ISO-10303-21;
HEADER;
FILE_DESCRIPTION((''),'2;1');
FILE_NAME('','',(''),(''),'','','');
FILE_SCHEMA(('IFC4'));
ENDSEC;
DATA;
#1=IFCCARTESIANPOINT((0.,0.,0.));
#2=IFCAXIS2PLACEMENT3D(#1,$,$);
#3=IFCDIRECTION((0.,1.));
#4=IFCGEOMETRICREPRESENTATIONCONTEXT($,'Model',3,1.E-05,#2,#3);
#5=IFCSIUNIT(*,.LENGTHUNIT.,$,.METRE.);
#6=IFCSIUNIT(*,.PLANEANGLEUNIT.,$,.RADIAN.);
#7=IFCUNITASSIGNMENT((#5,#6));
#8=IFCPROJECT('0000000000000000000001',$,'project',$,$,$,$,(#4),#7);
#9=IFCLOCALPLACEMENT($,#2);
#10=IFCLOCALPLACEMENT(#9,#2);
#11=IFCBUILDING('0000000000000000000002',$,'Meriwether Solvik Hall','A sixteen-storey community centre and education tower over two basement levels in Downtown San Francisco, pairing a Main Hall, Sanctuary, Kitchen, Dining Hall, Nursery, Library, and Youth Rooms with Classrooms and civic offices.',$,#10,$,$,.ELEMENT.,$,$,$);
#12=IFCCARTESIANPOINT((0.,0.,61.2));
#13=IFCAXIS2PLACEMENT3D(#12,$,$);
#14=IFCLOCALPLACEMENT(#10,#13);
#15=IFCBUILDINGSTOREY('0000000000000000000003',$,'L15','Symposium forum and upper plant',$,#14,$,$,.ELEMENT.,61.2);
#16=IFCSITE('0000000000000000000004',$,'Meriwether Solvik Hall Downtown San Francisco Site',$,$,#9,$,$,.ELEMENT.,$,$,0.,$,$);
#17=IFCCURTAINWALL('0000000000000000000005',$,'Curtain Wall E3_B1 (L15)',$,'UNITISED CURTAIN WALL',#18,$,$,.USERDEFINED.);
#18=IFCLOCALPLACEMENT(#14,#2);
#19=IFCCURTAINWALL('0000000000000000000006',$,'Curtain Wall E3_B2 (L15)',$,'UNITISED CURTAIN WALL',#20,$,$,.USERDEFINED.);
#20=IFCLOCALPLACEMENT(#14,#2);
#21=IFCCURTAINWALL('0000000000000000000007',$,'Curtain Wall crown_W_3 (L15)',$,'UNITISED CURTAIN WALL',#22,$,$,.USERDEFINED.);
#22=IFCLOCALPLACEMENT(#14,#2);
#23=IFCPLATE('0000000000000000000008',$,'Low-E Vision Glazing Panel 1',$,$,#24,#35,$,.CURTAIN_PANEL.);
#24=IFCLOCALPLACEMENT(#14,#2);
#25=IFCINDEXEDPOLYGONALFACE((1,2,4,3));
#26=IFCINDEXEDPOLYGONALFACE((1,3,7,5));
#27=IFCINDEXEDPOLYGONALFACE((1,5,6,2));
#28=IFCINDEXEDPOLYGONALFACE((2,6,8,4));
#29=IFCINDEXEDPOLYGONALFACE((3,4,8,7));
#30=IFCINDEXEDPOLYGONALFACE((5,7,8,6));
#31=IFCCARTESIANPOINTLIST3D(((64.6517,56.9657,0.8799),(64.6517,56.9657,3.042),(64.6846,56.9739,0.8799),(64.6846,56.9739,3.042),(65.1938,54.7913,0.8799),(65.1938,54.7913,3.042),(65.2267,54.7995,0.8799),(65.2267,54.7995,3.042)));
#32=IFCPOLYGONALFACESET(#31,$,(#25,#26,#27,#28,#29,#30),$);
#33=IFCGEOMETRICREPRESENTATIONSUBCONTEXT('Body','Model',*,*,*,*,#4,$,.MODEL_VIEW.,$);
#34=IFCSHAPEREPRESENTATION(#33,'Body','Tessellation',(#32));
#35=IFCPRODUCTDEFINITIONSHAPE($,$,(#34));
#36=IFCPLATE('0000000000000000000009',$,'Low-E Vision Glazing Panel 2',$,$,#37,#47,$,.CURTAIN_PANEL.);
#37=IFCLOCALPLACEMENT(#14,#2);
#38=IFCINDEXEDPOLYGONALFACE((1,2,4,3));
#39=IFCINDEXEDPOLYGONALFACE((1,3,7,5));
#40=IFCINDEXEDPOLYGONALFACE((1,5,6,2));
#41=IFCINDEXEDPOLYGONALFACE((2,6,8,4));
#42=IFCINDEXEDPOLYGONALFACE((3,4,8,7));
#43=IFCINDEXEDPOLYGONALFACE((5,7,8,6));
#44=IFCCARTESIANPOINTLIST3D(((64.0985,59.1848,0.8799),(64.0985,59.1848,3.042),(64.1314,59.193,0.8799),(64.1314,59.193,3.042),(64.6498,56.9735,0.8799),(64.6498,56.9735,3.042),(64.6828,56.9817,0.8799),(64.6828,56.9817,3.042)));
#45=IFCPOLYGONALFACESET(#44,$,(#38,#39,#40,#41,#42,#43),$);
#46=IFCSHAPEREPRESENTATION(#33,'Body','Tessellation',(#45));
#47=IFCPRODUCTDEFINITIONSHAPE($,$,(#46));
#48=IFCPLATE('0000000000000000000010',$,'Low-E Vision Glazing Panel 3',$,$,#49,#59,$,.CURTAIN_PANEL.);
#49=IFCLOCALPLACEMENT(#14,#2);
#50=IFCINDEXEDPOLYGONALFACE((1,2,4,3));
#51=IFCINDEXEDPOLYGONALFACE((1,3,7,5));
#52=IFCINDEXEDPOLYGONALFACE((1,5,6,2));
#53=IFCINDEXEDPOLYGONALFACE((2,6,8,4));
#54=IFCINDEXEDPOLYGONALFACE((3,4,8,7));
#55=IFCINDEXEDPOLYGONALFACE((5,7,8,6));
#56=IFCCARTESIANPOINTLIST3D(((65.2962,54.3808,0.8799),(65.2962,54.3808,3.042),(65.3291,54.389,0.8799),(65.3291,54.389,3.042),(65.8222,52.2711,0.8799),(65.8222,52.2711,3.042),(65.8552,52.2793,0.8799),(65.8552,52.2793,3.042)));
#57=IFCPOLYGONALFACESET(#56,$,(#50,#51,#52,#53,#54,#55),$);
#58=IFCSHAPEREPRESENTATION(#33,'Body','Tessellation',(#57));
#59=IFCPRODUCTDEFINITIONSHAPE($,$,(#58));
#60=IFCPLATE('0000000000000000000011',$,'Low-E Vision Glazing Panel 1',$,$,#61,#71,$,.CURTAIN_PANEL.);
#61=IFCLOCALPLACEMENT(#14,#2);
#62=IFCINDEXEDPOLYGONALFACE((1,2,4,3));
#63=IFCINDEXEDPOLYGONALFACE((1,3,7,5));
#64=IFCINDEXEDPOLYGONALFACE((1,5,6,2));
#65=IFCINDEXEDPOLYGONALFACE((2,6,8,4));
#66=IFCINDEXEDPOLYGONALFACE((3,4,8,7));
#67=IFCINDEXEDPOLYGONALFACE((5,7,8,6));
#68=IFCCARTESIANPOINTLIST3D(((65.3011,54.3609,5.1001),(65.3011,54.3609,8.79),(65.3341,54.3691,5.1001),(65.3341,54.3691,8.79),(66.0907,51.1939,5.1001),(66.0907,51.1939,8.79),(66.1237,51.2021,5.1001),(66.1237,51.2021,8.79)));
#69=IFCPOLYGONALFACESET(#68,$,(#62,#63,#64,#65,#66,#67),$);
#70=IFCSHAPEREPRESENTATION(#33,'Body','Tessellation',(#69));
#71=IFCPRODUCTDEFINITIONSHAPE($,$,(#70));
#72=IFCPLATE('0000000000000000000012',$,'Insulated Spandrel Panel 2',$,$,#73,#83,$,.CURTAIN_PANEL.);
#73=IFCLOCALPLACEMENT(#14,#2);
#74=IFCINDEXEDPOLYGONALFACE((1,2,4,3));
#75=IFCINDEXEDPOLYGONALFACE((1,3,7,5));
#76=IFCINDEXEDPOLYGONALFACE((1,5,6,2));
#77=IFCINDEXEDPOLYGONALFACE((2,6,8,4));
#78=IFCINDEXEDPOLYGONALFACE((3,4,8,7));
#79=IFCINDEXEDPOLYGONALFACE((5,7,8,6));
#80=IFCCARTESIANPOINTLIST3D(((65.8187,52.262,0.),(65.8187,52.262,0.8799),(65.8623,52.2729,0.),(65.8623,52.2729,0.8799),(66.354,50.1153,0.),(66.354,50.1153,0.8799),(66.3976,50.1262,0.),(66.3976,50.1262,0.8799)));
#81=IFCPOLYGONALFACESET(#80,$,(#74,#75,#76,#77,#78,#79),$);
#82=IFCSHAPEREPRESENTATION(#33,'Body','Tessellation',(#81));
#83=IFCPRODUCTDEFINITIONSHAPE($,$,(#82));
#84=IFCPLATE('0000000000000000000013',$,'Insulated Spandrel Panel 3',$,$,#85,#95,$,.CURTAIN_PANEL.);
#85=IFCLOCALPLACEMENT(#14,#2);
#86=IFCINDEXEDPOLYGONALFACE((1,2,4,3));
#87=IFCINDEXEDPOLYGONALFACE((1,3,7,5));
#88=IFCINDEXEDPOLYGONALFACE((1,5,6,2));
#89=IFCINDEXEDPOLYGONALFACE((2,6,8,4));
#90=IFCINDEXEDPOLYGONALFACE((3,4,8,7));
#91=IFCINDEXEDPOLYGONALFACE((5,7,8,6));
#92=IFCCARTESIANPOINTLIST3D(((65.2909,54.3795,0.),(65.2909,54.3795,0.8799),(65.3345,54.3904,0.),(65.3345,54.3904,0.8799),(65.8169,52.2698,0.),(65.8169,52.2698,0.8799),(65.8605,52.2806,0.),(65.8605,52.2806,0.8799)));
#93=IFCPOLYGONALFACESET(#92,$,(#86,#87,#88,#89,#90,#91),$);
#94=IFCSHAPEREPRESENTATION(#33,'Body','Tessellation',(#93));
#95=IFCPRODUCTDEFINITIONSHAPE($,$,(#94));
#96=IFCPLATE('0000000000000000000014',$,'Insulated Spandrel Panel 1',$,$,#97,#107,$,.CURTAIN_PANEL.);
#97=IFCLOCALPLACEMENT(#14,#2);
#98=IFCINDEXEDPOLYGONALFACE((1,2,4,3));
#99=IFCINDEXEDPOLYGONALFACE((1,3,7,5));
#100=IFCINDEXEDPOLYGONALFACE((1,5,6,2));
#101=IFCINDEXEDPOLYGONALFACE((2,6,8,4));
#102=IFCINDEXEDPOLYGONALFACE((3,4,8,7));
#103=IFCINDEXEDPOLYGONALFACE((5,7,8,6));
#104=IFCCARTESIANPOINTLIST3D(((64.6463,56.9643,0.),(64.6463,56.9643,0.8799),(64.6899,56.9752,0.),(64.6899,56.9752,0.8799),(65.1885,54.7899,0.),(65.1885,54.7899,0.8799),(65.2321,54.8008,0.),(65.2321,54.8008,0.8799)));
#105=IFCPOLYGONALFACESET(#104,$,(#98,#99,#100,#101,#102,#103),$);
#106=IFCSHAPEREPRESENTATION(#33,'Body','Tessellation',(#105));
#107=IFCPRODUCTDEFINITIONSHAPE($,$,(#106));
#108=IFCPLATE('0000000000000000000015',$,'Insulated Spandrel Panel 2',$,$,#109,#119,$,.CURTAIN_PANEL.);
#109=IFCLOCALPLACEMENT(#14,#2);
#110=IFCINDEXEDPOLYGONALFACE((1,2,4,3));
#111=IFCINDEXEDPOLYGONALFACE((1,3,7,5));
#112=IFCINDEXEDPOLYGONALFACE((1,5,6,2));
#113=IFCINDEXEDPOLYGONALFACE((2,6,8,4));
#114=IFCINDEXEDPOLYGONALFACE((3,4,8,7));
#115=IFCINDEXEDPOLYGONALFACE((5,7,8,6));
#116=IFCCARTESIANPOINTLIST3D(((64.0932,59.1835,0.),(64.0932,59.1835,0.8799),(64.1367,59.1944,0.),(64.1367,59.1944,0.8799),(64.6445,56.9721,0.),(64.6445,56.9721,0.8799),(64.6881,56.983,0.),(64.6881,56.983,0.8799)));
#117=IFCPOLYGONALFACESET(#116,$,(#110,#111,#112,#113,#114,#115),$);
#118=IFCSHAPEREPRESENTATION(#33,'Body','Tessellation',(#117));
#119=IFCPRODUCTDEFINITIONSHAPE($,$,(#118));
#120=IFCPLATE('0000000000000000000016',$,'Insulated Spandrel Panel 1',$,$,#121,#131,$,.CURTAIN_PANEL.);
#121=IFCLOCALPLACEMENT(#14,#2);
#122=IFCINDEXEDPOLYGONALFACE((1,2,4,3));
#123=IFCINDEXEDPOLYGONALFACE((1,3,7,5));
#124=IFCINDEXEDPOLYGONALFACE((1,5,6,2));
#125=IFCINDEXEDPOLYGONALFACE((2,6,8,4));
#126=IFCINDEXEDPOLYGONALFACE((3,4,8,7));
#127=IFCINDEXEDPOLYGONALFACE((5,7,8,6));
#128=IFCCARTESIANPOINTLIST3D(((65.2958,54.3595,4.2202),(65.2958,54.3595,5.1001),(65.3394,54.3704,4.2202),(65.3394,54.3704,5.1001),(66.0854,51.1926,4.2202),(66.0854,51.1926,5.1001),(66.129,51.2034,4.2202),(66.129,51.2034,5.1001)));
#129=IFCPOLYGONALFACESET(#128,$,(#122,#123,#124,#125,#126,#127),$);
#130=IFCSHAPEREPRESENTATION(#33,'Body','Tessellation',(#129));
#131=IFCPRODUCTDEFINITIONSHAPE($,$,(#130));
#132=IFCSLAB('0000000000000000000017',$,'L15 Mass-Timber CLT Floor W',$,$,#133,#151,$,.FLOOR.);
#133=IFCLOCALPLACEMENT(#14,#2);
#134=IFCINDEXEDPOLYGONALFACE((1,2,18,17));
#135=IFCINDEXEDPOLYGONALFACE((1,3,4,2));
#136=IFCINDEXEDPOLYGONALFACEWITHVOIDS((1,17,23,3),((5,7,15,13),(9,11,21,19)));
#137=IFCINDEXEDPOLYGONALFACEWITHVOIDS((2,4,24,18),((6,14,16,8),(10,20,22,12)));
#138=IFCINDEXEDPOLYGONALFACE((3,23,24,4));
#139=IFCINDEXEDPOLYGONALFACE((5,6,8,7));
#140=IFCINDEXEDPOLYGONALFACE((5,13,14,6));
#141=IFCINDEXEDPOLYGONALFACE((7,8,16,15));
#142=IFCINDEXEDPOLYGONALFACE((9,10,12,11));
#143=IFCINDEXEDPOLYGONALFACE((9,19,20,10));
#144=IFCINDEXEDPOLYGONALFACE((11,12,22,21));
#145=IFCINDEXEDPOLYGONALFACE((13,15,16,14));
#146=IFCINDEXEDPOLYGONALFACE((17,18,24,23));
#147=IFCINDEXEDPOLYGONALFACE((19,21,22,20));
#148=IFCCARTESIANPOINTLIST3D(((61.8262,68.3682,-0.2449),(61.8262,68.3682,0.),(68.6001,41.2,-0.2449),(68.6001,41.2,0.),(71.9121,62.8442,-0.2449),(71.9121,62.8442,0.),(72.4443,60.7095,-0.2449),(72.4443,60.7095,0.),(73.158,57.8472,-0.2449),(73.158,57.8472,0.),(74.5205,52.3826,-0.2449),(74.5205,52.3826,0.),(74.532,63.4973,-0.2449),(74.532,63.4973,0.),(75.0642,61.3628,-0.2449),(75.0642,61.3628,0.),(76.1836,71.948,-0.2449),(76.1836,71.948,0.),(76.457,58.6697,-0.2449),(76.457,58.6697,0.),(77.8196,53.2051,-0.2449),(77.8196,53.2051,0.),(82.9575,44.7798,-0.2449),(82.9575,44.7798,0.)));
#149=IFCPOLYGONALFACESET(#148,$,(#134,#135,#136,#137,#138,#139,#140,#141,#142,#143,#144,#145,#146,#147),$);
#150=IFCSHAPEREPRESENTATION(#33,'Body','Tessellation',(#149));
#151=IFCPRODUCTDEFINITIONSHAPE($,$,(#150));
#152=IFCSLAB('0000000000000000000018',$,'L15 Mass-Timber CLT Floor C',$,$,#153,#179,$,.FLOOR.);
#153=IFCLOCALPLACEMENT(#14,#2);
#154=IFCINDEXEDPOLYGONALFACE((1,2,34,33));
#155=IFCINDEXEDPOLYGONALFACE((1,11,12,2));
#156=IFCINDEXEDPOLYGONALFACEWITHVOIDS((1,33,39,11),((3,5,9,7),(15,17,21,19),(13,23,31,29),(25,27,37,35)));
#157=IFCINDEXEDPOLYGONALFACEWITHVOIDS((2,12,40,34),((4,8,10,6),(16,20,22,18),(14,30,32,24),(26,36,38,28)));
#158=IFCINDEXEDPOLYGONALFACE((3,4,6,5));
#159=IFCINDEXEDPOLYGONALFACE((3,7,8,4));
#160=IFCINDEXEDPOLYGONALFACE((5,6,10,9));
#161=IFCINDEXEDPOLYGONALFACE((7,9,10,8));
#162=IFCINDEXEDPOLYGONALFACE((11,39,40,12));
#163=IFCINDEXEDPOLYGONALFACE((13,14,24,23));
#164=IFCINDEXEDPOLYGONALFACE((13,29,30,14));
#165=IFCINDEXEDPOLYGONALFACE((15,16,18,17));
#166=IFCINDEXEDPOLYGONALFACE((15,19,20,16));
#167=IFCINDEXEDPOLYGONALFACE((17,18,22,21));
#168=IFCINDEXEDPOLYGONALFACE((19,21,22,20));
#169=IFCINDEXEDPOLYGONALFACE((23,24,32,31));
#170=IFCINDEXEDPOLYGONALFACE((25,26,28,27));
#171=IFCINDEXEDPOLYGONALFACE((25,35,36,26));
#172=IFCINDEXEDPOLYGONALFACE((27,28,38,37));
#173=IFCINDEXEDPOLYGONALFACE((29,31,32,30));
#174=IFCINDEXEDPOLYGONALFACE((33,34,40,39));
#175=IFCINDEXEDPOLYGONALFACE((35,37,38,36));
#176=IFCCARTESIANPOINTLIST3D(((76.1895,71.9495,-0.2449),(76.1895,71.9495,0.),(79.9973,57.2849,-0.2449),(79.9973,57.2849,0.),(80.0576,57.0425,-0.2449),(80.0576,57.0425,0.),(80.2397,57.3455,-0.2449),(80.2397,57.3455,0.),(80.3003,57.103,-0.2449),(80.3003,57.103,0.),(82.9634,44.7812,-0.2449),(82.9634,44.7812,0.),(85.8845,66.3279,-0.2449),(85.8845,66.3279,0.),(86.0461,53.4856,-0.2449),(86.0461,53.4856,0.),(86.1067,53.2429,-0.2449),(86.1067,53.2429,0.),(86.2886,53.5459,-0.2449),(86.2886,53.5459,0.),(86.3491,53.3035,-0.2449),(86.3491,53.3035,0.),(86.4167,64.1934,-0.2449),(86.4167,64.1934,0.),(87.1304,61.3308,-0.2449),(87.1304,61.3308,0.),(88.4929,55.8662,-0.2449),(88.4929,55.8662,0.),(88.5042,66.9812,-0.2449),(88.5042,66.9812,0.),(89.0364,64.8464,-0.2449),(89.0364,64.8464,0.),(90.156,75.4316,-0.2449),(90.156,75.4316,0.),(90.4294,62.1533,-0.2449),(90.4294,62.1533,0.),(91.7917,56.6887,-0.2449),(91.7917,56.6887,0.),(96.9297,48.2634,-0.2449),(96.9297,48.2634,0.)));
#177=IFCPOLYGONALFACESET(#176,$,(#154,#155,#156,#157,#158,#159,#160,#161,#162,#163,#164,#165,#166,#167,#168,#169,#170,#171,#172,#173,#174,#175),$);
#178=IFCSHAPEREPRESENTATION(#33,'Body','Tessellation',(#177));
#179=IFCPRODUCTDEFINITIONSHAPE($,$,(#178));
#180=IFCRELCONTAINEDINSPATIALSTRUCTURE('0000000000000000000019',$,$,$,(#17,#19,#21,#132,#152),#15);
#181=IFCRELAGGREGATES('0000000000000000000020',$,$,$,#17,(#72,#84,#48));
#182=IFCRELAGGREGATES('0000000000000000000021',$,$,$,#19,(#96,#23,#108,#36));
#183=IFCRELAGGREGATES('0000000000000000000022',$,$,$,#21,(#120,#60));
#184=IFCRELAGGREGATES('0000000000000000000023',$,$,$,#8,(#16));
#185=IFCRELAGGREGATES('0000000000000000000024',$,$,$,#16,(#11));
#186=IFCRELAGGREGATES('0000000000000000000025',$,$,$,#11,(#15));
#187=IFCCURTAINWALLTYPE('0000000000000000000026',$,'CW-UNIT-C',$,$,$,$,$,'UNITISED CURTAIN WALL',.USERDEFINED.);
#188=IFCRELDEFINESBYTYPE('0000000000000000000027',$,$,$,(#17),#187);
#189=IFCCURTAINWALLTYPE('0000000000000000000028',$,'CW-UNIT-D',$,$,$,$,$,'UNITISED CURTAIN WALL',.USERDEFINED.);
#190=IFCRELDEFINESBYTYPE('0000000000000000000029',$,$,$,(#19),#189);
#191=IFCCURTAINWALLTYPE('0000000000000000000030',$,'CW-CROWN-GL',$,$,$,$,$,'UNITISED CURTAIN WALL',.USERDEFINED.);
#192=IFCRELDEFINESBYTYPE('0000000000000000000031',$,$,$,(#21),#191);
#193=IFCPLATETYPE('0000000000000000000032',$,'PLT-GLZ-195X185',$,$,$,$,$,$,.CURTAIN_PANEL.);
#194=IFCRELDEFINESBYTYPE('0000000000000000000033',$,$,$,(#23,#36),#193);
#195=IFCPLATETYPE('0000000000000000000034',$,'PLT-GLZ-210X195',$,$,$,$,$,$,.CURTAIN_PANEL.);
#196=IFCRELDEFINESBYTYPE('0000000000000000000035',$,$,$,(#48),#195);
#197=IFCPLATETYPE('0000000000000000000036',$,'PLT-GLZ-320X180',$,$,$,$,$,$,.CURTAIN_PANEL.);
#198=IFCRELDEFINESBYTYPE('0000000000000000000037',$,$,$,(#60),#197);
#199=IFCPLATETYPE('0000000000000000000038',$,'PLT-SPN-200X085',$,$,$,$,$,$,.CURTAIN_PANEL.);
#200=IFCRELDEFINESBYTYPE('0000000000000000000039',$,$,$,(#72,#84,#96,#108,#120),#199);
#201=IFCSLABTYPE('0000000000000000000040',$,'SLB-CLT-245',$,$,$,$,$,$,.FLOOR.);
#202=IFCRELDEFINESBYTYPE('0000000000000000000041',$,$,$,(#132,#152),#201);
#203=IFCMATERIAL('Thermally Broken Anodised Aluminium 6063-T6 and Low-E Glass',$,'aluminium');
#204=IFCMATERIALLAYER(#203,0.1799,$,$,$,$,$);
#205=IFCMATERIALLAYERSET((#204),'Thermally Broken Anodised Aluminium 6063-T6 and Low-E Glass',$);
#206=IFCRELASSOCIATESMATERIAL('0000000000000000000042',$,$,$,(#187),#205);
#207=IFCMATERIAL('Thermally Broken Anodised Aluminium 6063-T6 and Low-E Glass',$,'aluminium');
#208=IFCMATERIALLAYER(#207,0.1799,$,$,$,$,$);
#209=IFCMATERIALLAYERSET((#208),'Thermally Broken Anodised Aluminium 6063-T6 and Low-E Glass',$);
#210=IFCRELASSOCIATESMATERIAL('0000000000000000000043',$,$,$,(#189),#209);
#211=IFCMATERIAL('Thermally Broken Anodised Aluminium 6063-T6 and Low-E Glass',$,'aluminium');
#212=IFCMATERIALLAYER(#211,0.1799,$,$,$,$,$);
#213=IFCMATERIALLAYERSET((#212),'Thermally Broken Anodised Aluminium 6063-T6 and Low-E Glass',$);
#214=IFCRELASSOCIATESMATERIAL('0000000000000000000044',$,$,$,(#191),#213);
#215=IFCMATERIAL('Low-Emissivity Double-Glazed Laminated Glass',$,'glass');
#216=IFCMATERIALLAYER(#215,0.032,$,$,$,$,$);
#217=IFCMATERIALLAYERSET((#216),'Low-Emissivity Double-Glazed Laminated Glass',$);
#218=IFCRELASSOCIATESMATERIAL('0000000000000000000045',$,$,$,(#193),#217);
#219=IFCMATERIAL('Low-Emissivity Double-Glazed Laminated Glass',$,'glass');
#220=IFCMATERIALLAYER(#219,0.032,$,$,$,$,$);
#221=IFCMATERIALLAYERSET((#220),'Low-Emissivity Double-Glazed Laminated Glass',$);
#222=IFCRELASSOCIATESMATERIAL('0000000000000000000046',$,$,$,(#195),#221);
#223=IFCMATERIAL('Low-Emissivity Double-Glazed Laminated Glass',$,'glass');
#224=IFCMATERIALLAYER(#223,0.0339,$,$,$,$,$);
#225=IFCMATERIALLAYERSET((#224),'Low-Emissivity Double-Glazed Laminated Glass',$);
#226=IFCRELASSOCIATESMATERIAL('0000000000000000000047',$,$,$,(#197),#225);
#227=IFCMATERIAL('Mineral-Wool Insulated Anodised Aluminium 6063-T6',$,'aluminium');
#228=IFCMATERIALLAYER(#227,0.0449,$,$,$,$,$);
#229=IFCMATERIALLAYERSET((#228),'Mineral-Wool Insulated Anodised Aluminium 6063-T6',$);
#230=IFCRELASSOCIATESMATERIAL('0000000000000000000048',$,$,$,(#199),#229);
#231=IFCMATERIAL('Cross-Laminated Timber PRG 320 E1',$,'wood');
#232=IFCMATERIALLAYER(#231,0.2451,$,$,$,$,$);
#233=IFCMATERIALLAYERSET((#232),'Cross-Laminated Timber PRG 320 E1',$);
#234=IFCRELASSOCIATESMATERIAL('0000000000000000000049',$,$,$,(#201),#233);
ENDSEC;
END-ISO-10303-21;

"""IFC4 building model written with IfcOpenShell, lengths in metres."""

from ifc_helpers import new_model, si_unit, direction, frame, origin, origin_2d, place, context, subcontext, project, spatial, polyline, rectangle, outline, extrude, material, layer, layer_set, type_object, element, aggregate, save


model = new_model("IFC4")

# Units and contexts
model_context = context("Model", 3, precision=1e-05, world=origin(), true_north=direction((0.0, 1.0)))
body_context = subcontext(model_context, "Body", "Model", "MODEL_VIEW")
ifc_project = project(units=[si_unit("LENGTHUNIT", "METRE"), si_unit("PLANEANGLEUNIT", "RADIAN")], contexts=[model_context])

# Site, building, storey
site_placement = place(None, origin())
site = spatial("IfcSite", under=ifc_project, at=site_placement, Name="Meriwether Solvik Hall Downtown San Francisco Site", CompositionType="ELEMENT", RefElevation=0.0)
building_placement = place(site_placement, origin())
building = spatial("IfcBuilding", under=site, at=building_placement, Name="Meriwether Solvik Hall", Description="A sixteen-storey community centre and education tower over two basement levels in Downtown San Francisco, pairing a Main Hall, Sanctuary, Kitchen, Dining Hall, Nursery, Library, and Youth Rooms with Classrooms and civic offices.", CompositionType="ELEMENT")
storey_placement = place(building_placement, frame((0.0, 0.0, 61.2)))
storey = spatial("IfcBuildingStorey", under=building, at=storey_placement, Name="L15", Description="Symposium forum and upper plant", CompositionType="ELEMENT", Elevation=61.2)

# Curtain walls
ifc_material_1 = material(Name="Thermally Broken Anodised Aluminium 6063-T6 and Low-E Glass", Category="aluminium")
ifc_layer_1 = layer(ifc_material_1, 0.1799)
ifc_layer_set_1 = layer_set([ifc_layer_1], Name="Thermally Broken Anodised Aluminium 6063-T6 and Low-E Glass")
curtain_wall_type_1 = type_object("IfcCurtainWallType", Name="CW-UNIT-C", ElementType="UNITISED CURTAIN WALL", PredefinedType="USERDEFINED", material=ifc_layer_set_1)
curtain_wall_1_placement = place(storey_placement, origin())
curtain_wall_1 = element("IfcCurtainWall", 1, at=curtain_wall_1_placement, inside=storey, type_object=curtain_wall_type_1, Name="Curtain Wall E3_B1 (L15)", ObjectType="UNITISED CURTAIN WALL", PredefinedType="USERDEFINED")
ifc_material_2 = material(Name="Thermally Broken Anodised Aluminium 6063-T6 and Low-E Glass", Category="aluminium")
ifc_layer_2 = layer(ifc_material_2, 0.1799)
ifc_layer_set_2 = layer_set([ifc_layer_2], Name="Thermally Broken Anodised Aluminium 6063-T6 and Low-E Glass")
curtain_wall_type_2 = type_object("IfcCurtainWallType", Name="CW-UNIT-D", ElementType="UNITISED CURTAIN WALL", PredefinedType="USERDEFINED", material=ifc_layer_set_2)
curtain_wall_2_placement = place(storey_placement, origin())
curtain_wall_2 = element("IfcCurtainWall", 2, at=curtain_wall_2_placement, inside=storey, type_object=curtain_wall_type_2, Name="Curtain Wall E3_B2 (L15)", ObjectType="UNITISED CURTAIN WALL", PredefinedType="USERDEFINED")

# Curtain wall
ifc_material_3 = material(Name="Thermally Broken Anodised Aluminium 6063-T6 and Low-E Glass", Category="aluminium")
ifc_layer_3 = layer(ifc_material_3, 0.1799)
ifc_layer_set_3 = layer_set([ifc_layer_3], Name="Thermally Broken Anodised Aluminium 6063-T6 and Low-E Glass")
curtain_wall_type_3 = type_object("IfcCurtainWallType", Name="CW-CROWN-GL", ElementType="UNITISED CURTAIN WALL", PredefinedType="USERDEFINED", material=ifc_layer_set_3)
curtain_wall_3_placement = place(storey_placement, origin())
curtain_wall_3 = element("IfcCurtainWall", 3, at=curtain_wall_3_placement, inside=storey, type_object=curtain_wall_type_3, Name="Curtain Wall crown_W_3 (L15)", ObjectType="UNITISED CURTAIN WALL", PredefinedType="USERDEFINED")

# Plates
ifc_material_4 = material(Name="Low-Emissivity Double-Glazed Laminated Glass", Category="glass")
ifc_layer_4 = layer(ifc_material_4, 0.032)
ifc_layer_set_4 = layer_set([ifc_layer_4], Name="Low-Emissivity Double-Glazed Laminated Glass")
plate_type_1 = type_object("IfcPlateType", Name="PLT-GLZ-195X185", PredefinedType="CURTAIN_PANEL", material=ifc_layer_set_4)
plate_1_placement = place(storey_placement, frame((64.9392, 55.8826, 0.8799), z_axis=(0.0, 0.0, 1.0), x_axis=(-0.241922, 0.970296, 0.0)))
plate_1 = element("IfcPlate", 4, at=plate_1_placement, type_object=plate_type_1, Name="Low-E Vision Glazing Panel 1", PredefinedType="CURTAIN_PANEL", context=body_context, shape_type="SweptSolid", body=[
    extrude(rectangle(XDim=2.241, YDim=0.0339, at=origin_2d()), origin(), (0.0, 0.0, 1.0), 2.1621),
])
plate_2_placement = place(storey_placement, frame((64.3906, 58.0833, 0.8799), z_axis=(0.0, 0.0, 1.0), x_axis=(-0.241922, 0.970296, 0.0)))
plate_2 = element("IfcPlate", 5, at=plate_2_placement, type_object=plate_type_1, Name="Low-E Vision Glazing Panel 2", PredefinedType="CURTAIN_PANEL", context=body_context, shape_type="SweptSolid", body=[
    extrude(rectangle(XDim=2.2791, YDim=0.0339, at=origin_2d()), origin(), (0.0, 0.0, 1.0), 2.1621),
])
ifc_material_5 = material(Name="Low-Emissivity Double-Glazed Laminated Glass", Category="glass")
ifc_layer_5 = layer(ifc_material_5, 0.032)
ifc_layer_set_5 = layer_set([ifc_layer_5], Name="Low-Emissivity Double-Glazed Laminated Glass")
plate_type_2 = type_object("IfcPlateType", Name="PLT-GLZ-210X195", PredefinedType="CURTAIN_PANEL", material=ifc_layer_set_5)
plate_3_placement = place(storey_placement, frame((65.5757, 53.3301, 0.8799), z_axis=(0.0, 0.0, 1.0), x_axis=(-0.241922, 0.970296, 0.0)))
plate_3 = element("IfcPlate", 6, at=plate_3_placement, type_object=plate_type_2, Name="Low-E Vision Glazing Panel 3", PredefinedType="CURTAIN_PANEL", context=body_context, shape_type="SweptSolid", body=[
    extrude(rectangle(XDim=2.1743, YDim=0.0339, at=origin_2d()), origin(), (0.0, 0.0, 1.0), 2.1621),
])
ifc_material_6 = material(Name="Low-Emissivity Double-Glazed Laminated Glass", Category="glass")
ifc_layer_6 = layer(ifc_material_6, 0.0339)
ifc_layer_set_6 = layer_set([ifc_layer_6], Name="Low-Emissivity Double-Glazed Laminated Glass")
plate_type_3 = type_object("IfcPlateType", Name="PLT-GLZ-320X180", PredefinedType="CURTAIN_PANEL", material=ifc_layer_set_6)
plate_4_placement = place(storey_placement, frame((65.7124, 52.7815, 5.1001), z_axis=(0.0, 0.0, 1.0), x_axis=(0.241923, -0.970295, 0.0)))
plate_4 = element("IfcPlate", 7, at=plate_4_placement, type_object=plate_type_3, Name="Low-E Vision Glazing Panel 1", PredefinedType="CURTAIN_PANEL", context=body_context, shape_type="SweptSolid", body=[
    extrude(rectangle(XDim=3.2639, YDim=0.0339, at=origin_2d()), origin(), (0.0, 0.0, 1.0), 3.6899),
])
ifc_material_7 = material(Name="Mineral-Wool Insulated Anodised Aluminium 6063-T6", Category="aluminium")
ifc_layer_7 = layer(ifc_material_7, 0.0449)
ifc_layer_set_7 = layer_set([ifc_layer_7], Name="Mineral-Wool Insulated Anodised Aluminium 6063-T6")
plate_type_4 = type_object("IfcPlateType", Name="PLT-SPN-200X085", PredefinedType="CURTAIN_PANEL", material=ifc_layer_set_7)
plate_5_placement = place(storey_placement, frame((66.1082, 51.1941, 0.0), z_axis=(0.0, 0.0, 1.0), x_axis=(-0.241922, 0.970296, 0.0)))
plate_5 = element("IfcPlate", 8, at=plate_5_placement, type_object=plate_type_4, Name="Insulated Spandrel Panel 2", PredefinedType="CURTAIN_PANEL", context=body_context, shape_type="SweptSolid", body=[
    extrude(rectangle(XDim=2.2124, YDim=0.0449, at=origin_2d()), origin(), (0.0, 0.0, 1.0), 0.8799),
])
plate_6_placement = place(storey_placement, frame((65.5757, 53.3301, 0.0), z_axis=(0.0, 0.0, 1.0), x_axis=(-0.241922, 0.970296, 0.0)))
plate_6 = element("IfcPlate", 9, at=plate_6_placement, type_object=plate_type_4, Name="Insulated Spandrel Panel 3", PredefinedType="CURTAIN_PANEL", context=body_context, shape_type="SweptSolid", body=[
    extrude(rectangle(XDim=2.1743, YDim=0.0449, at=origin_2d()), origin(), (0.0, 0.0, 1.0), 0.8799),
])
aggregate(curtain_wall_1, [plate_5, plate_6, plate_3])
plate_7_placement = place(storey_placement, frame((64.9392, 55.8826, 0.0), z_axis=(0.0, 0.0, 1.0), x_axis=(-0.241922, 0.970296, 0.0)))
plate_7 = element("IfcPlate", 10, at=plate_7_placement, type_object=plate_type_4, Name="Insulated Spandrel Panel 1", PredefinedType="CURTAIN_PANEL", context=body_context, shape_type="SweptSolid", body=[
    extrude(rectangle(XDim=2.241, YDim=0.0449, at=origin_2d()), origin(), (0.0, 0.0, 1.0), 0.8799),
])
plate_8_placement = place(storey_placement, frame((64.3906, 58.0833, 0.0), z_axis=(0.0, 0.0, 1.0), x_axis=(-0.241922, 0.970296, 0.0)))
plate_8 = element("IfcPlate", 11, at=plate_8_placement, type_object=plate_type_4, Name="Insulated Spandrel Panel 2", PredefinedType="CURTAIN_PANEL", context=body_context, shape_type="SweptSolid", body=[
    extrude(rectangle(XDim=2.2791, YDim=0.0449, at=origin_2d()), origin(), (0.0, 0.0, 1.0), 0.8799),
])
aggregate(curtain_wall_2, [plate_7, plate_1, plate_8, plate_2])
plate_9_placement = place(storey_placement, frame((65.7124, 52.7815, 4.2202), z_axis=(0.0, 0.0, 1.0), x_axis=(0.241923, -0.970295, 0.0)))
plate_9 = element("IfcPlate", 12, at=plate_9_placement, type_object=plate_type_4, Name="Insulated Spandrel Panel 1", PredefinedType="CURTAIN_PANEL", context=body_context, shape_type="SweptSolid", body=[
    extrude(rectangle(XDim=3.2639, YDim=0.0449, at=origin_2d()), origin(), (0.0, 0.0, 1.0), 0.8799),
])
aggregate(curtain_wall_3, [plate_9, plate_4])

# Slabs
ifc_material_8 = material(Name="Cross-Laminated Timber PRG 320 E1", Category="wood")
ifc_layer_8 = layer(ifc_material_8, 0.2451)
ifc_layer_set_8 = layer_set([ifc_layer_8], Name="Cross-Laminated Timber PRG 320 E1")
slab_type = type_object("IfcSlabType", Name="SLB-CLT-245", PredefinedType="FLOOR", material=ifc_layer_set_8)
slab_1_placement = place(storey_placement, frame((0.0, 0.0, -0.2449)))
element("IfcSlab", 13, at=slab_1_placement, inside=storey, type_object=slab_type, Name="L15 Mass-Timber CLT Floor W", PredefinedType="FLOOR", context=body_context, shape_type="SweptSolid", body=[
    extrude(outline(polyline([(76.1836, 71.948), (82.9575, 44.7798), (68.6001, 41.2), (61.8262, 68.3682), (76.1836, 71.948)]), holes=[polyline([(73.158, 57.8472), (74.5205, 52.3826), (77.8196, 53.2051), (76.457, 58.6697), (73.158, 57.8472)]), polyline([(71.9121, 62.8442), (72.4443, 60.7095), (75.0642, 61.3628), (74.532, 63.4973), (71.9121, 62.8442)])]), origin(), (0.0, 0.0, 1.0), 0.2449),
])
slab_2_placement = place(storey_placement, frame((0.0, 0.0, -0.2449)))
element("IfcSlab", 14, at=slab_2_placement, inside=storey, type_object=slab_type, Name="L15 Mass-Timber CLT Floor C", PredefinedType="FLOOR", context=body_context, shape_type="SweptSolid", body=[
    extrude(outline(polyline([(90.156, 75.4316), (96.9297, 48.2634), (82.9634, 44.7812), (76.1895, 71.9495), (90.156, 75.4316)]), holes=[polyline([(86.1067, 53.2429), (86.3491, 53.3035), (86.2886, 53.5459), (86.0461, 53.4856), (86.1067, 53.2429)]), polyline([(79.9973, 57.2849), (80.0576, 57.0425), (80.3003, 57.103), (80.2397, 57.3455), (79.9973, 57.2849)]), polyline([(88.4929, 55.8662), (91.7917, 56.6887), (90.4294, 62.1533), (87.1304, 61.3308), (88.4929, 55.8662)]), polyline([(85.8845, 66.3279), (86.4167, 64.1934), (89.0364, 64.8464), (88.5042, 66.9812), (85.8845, 66.3279)])]), origin(), (0.0, 0.0, 1.0), 0.2449),
])

save(model, "model.ifc")
